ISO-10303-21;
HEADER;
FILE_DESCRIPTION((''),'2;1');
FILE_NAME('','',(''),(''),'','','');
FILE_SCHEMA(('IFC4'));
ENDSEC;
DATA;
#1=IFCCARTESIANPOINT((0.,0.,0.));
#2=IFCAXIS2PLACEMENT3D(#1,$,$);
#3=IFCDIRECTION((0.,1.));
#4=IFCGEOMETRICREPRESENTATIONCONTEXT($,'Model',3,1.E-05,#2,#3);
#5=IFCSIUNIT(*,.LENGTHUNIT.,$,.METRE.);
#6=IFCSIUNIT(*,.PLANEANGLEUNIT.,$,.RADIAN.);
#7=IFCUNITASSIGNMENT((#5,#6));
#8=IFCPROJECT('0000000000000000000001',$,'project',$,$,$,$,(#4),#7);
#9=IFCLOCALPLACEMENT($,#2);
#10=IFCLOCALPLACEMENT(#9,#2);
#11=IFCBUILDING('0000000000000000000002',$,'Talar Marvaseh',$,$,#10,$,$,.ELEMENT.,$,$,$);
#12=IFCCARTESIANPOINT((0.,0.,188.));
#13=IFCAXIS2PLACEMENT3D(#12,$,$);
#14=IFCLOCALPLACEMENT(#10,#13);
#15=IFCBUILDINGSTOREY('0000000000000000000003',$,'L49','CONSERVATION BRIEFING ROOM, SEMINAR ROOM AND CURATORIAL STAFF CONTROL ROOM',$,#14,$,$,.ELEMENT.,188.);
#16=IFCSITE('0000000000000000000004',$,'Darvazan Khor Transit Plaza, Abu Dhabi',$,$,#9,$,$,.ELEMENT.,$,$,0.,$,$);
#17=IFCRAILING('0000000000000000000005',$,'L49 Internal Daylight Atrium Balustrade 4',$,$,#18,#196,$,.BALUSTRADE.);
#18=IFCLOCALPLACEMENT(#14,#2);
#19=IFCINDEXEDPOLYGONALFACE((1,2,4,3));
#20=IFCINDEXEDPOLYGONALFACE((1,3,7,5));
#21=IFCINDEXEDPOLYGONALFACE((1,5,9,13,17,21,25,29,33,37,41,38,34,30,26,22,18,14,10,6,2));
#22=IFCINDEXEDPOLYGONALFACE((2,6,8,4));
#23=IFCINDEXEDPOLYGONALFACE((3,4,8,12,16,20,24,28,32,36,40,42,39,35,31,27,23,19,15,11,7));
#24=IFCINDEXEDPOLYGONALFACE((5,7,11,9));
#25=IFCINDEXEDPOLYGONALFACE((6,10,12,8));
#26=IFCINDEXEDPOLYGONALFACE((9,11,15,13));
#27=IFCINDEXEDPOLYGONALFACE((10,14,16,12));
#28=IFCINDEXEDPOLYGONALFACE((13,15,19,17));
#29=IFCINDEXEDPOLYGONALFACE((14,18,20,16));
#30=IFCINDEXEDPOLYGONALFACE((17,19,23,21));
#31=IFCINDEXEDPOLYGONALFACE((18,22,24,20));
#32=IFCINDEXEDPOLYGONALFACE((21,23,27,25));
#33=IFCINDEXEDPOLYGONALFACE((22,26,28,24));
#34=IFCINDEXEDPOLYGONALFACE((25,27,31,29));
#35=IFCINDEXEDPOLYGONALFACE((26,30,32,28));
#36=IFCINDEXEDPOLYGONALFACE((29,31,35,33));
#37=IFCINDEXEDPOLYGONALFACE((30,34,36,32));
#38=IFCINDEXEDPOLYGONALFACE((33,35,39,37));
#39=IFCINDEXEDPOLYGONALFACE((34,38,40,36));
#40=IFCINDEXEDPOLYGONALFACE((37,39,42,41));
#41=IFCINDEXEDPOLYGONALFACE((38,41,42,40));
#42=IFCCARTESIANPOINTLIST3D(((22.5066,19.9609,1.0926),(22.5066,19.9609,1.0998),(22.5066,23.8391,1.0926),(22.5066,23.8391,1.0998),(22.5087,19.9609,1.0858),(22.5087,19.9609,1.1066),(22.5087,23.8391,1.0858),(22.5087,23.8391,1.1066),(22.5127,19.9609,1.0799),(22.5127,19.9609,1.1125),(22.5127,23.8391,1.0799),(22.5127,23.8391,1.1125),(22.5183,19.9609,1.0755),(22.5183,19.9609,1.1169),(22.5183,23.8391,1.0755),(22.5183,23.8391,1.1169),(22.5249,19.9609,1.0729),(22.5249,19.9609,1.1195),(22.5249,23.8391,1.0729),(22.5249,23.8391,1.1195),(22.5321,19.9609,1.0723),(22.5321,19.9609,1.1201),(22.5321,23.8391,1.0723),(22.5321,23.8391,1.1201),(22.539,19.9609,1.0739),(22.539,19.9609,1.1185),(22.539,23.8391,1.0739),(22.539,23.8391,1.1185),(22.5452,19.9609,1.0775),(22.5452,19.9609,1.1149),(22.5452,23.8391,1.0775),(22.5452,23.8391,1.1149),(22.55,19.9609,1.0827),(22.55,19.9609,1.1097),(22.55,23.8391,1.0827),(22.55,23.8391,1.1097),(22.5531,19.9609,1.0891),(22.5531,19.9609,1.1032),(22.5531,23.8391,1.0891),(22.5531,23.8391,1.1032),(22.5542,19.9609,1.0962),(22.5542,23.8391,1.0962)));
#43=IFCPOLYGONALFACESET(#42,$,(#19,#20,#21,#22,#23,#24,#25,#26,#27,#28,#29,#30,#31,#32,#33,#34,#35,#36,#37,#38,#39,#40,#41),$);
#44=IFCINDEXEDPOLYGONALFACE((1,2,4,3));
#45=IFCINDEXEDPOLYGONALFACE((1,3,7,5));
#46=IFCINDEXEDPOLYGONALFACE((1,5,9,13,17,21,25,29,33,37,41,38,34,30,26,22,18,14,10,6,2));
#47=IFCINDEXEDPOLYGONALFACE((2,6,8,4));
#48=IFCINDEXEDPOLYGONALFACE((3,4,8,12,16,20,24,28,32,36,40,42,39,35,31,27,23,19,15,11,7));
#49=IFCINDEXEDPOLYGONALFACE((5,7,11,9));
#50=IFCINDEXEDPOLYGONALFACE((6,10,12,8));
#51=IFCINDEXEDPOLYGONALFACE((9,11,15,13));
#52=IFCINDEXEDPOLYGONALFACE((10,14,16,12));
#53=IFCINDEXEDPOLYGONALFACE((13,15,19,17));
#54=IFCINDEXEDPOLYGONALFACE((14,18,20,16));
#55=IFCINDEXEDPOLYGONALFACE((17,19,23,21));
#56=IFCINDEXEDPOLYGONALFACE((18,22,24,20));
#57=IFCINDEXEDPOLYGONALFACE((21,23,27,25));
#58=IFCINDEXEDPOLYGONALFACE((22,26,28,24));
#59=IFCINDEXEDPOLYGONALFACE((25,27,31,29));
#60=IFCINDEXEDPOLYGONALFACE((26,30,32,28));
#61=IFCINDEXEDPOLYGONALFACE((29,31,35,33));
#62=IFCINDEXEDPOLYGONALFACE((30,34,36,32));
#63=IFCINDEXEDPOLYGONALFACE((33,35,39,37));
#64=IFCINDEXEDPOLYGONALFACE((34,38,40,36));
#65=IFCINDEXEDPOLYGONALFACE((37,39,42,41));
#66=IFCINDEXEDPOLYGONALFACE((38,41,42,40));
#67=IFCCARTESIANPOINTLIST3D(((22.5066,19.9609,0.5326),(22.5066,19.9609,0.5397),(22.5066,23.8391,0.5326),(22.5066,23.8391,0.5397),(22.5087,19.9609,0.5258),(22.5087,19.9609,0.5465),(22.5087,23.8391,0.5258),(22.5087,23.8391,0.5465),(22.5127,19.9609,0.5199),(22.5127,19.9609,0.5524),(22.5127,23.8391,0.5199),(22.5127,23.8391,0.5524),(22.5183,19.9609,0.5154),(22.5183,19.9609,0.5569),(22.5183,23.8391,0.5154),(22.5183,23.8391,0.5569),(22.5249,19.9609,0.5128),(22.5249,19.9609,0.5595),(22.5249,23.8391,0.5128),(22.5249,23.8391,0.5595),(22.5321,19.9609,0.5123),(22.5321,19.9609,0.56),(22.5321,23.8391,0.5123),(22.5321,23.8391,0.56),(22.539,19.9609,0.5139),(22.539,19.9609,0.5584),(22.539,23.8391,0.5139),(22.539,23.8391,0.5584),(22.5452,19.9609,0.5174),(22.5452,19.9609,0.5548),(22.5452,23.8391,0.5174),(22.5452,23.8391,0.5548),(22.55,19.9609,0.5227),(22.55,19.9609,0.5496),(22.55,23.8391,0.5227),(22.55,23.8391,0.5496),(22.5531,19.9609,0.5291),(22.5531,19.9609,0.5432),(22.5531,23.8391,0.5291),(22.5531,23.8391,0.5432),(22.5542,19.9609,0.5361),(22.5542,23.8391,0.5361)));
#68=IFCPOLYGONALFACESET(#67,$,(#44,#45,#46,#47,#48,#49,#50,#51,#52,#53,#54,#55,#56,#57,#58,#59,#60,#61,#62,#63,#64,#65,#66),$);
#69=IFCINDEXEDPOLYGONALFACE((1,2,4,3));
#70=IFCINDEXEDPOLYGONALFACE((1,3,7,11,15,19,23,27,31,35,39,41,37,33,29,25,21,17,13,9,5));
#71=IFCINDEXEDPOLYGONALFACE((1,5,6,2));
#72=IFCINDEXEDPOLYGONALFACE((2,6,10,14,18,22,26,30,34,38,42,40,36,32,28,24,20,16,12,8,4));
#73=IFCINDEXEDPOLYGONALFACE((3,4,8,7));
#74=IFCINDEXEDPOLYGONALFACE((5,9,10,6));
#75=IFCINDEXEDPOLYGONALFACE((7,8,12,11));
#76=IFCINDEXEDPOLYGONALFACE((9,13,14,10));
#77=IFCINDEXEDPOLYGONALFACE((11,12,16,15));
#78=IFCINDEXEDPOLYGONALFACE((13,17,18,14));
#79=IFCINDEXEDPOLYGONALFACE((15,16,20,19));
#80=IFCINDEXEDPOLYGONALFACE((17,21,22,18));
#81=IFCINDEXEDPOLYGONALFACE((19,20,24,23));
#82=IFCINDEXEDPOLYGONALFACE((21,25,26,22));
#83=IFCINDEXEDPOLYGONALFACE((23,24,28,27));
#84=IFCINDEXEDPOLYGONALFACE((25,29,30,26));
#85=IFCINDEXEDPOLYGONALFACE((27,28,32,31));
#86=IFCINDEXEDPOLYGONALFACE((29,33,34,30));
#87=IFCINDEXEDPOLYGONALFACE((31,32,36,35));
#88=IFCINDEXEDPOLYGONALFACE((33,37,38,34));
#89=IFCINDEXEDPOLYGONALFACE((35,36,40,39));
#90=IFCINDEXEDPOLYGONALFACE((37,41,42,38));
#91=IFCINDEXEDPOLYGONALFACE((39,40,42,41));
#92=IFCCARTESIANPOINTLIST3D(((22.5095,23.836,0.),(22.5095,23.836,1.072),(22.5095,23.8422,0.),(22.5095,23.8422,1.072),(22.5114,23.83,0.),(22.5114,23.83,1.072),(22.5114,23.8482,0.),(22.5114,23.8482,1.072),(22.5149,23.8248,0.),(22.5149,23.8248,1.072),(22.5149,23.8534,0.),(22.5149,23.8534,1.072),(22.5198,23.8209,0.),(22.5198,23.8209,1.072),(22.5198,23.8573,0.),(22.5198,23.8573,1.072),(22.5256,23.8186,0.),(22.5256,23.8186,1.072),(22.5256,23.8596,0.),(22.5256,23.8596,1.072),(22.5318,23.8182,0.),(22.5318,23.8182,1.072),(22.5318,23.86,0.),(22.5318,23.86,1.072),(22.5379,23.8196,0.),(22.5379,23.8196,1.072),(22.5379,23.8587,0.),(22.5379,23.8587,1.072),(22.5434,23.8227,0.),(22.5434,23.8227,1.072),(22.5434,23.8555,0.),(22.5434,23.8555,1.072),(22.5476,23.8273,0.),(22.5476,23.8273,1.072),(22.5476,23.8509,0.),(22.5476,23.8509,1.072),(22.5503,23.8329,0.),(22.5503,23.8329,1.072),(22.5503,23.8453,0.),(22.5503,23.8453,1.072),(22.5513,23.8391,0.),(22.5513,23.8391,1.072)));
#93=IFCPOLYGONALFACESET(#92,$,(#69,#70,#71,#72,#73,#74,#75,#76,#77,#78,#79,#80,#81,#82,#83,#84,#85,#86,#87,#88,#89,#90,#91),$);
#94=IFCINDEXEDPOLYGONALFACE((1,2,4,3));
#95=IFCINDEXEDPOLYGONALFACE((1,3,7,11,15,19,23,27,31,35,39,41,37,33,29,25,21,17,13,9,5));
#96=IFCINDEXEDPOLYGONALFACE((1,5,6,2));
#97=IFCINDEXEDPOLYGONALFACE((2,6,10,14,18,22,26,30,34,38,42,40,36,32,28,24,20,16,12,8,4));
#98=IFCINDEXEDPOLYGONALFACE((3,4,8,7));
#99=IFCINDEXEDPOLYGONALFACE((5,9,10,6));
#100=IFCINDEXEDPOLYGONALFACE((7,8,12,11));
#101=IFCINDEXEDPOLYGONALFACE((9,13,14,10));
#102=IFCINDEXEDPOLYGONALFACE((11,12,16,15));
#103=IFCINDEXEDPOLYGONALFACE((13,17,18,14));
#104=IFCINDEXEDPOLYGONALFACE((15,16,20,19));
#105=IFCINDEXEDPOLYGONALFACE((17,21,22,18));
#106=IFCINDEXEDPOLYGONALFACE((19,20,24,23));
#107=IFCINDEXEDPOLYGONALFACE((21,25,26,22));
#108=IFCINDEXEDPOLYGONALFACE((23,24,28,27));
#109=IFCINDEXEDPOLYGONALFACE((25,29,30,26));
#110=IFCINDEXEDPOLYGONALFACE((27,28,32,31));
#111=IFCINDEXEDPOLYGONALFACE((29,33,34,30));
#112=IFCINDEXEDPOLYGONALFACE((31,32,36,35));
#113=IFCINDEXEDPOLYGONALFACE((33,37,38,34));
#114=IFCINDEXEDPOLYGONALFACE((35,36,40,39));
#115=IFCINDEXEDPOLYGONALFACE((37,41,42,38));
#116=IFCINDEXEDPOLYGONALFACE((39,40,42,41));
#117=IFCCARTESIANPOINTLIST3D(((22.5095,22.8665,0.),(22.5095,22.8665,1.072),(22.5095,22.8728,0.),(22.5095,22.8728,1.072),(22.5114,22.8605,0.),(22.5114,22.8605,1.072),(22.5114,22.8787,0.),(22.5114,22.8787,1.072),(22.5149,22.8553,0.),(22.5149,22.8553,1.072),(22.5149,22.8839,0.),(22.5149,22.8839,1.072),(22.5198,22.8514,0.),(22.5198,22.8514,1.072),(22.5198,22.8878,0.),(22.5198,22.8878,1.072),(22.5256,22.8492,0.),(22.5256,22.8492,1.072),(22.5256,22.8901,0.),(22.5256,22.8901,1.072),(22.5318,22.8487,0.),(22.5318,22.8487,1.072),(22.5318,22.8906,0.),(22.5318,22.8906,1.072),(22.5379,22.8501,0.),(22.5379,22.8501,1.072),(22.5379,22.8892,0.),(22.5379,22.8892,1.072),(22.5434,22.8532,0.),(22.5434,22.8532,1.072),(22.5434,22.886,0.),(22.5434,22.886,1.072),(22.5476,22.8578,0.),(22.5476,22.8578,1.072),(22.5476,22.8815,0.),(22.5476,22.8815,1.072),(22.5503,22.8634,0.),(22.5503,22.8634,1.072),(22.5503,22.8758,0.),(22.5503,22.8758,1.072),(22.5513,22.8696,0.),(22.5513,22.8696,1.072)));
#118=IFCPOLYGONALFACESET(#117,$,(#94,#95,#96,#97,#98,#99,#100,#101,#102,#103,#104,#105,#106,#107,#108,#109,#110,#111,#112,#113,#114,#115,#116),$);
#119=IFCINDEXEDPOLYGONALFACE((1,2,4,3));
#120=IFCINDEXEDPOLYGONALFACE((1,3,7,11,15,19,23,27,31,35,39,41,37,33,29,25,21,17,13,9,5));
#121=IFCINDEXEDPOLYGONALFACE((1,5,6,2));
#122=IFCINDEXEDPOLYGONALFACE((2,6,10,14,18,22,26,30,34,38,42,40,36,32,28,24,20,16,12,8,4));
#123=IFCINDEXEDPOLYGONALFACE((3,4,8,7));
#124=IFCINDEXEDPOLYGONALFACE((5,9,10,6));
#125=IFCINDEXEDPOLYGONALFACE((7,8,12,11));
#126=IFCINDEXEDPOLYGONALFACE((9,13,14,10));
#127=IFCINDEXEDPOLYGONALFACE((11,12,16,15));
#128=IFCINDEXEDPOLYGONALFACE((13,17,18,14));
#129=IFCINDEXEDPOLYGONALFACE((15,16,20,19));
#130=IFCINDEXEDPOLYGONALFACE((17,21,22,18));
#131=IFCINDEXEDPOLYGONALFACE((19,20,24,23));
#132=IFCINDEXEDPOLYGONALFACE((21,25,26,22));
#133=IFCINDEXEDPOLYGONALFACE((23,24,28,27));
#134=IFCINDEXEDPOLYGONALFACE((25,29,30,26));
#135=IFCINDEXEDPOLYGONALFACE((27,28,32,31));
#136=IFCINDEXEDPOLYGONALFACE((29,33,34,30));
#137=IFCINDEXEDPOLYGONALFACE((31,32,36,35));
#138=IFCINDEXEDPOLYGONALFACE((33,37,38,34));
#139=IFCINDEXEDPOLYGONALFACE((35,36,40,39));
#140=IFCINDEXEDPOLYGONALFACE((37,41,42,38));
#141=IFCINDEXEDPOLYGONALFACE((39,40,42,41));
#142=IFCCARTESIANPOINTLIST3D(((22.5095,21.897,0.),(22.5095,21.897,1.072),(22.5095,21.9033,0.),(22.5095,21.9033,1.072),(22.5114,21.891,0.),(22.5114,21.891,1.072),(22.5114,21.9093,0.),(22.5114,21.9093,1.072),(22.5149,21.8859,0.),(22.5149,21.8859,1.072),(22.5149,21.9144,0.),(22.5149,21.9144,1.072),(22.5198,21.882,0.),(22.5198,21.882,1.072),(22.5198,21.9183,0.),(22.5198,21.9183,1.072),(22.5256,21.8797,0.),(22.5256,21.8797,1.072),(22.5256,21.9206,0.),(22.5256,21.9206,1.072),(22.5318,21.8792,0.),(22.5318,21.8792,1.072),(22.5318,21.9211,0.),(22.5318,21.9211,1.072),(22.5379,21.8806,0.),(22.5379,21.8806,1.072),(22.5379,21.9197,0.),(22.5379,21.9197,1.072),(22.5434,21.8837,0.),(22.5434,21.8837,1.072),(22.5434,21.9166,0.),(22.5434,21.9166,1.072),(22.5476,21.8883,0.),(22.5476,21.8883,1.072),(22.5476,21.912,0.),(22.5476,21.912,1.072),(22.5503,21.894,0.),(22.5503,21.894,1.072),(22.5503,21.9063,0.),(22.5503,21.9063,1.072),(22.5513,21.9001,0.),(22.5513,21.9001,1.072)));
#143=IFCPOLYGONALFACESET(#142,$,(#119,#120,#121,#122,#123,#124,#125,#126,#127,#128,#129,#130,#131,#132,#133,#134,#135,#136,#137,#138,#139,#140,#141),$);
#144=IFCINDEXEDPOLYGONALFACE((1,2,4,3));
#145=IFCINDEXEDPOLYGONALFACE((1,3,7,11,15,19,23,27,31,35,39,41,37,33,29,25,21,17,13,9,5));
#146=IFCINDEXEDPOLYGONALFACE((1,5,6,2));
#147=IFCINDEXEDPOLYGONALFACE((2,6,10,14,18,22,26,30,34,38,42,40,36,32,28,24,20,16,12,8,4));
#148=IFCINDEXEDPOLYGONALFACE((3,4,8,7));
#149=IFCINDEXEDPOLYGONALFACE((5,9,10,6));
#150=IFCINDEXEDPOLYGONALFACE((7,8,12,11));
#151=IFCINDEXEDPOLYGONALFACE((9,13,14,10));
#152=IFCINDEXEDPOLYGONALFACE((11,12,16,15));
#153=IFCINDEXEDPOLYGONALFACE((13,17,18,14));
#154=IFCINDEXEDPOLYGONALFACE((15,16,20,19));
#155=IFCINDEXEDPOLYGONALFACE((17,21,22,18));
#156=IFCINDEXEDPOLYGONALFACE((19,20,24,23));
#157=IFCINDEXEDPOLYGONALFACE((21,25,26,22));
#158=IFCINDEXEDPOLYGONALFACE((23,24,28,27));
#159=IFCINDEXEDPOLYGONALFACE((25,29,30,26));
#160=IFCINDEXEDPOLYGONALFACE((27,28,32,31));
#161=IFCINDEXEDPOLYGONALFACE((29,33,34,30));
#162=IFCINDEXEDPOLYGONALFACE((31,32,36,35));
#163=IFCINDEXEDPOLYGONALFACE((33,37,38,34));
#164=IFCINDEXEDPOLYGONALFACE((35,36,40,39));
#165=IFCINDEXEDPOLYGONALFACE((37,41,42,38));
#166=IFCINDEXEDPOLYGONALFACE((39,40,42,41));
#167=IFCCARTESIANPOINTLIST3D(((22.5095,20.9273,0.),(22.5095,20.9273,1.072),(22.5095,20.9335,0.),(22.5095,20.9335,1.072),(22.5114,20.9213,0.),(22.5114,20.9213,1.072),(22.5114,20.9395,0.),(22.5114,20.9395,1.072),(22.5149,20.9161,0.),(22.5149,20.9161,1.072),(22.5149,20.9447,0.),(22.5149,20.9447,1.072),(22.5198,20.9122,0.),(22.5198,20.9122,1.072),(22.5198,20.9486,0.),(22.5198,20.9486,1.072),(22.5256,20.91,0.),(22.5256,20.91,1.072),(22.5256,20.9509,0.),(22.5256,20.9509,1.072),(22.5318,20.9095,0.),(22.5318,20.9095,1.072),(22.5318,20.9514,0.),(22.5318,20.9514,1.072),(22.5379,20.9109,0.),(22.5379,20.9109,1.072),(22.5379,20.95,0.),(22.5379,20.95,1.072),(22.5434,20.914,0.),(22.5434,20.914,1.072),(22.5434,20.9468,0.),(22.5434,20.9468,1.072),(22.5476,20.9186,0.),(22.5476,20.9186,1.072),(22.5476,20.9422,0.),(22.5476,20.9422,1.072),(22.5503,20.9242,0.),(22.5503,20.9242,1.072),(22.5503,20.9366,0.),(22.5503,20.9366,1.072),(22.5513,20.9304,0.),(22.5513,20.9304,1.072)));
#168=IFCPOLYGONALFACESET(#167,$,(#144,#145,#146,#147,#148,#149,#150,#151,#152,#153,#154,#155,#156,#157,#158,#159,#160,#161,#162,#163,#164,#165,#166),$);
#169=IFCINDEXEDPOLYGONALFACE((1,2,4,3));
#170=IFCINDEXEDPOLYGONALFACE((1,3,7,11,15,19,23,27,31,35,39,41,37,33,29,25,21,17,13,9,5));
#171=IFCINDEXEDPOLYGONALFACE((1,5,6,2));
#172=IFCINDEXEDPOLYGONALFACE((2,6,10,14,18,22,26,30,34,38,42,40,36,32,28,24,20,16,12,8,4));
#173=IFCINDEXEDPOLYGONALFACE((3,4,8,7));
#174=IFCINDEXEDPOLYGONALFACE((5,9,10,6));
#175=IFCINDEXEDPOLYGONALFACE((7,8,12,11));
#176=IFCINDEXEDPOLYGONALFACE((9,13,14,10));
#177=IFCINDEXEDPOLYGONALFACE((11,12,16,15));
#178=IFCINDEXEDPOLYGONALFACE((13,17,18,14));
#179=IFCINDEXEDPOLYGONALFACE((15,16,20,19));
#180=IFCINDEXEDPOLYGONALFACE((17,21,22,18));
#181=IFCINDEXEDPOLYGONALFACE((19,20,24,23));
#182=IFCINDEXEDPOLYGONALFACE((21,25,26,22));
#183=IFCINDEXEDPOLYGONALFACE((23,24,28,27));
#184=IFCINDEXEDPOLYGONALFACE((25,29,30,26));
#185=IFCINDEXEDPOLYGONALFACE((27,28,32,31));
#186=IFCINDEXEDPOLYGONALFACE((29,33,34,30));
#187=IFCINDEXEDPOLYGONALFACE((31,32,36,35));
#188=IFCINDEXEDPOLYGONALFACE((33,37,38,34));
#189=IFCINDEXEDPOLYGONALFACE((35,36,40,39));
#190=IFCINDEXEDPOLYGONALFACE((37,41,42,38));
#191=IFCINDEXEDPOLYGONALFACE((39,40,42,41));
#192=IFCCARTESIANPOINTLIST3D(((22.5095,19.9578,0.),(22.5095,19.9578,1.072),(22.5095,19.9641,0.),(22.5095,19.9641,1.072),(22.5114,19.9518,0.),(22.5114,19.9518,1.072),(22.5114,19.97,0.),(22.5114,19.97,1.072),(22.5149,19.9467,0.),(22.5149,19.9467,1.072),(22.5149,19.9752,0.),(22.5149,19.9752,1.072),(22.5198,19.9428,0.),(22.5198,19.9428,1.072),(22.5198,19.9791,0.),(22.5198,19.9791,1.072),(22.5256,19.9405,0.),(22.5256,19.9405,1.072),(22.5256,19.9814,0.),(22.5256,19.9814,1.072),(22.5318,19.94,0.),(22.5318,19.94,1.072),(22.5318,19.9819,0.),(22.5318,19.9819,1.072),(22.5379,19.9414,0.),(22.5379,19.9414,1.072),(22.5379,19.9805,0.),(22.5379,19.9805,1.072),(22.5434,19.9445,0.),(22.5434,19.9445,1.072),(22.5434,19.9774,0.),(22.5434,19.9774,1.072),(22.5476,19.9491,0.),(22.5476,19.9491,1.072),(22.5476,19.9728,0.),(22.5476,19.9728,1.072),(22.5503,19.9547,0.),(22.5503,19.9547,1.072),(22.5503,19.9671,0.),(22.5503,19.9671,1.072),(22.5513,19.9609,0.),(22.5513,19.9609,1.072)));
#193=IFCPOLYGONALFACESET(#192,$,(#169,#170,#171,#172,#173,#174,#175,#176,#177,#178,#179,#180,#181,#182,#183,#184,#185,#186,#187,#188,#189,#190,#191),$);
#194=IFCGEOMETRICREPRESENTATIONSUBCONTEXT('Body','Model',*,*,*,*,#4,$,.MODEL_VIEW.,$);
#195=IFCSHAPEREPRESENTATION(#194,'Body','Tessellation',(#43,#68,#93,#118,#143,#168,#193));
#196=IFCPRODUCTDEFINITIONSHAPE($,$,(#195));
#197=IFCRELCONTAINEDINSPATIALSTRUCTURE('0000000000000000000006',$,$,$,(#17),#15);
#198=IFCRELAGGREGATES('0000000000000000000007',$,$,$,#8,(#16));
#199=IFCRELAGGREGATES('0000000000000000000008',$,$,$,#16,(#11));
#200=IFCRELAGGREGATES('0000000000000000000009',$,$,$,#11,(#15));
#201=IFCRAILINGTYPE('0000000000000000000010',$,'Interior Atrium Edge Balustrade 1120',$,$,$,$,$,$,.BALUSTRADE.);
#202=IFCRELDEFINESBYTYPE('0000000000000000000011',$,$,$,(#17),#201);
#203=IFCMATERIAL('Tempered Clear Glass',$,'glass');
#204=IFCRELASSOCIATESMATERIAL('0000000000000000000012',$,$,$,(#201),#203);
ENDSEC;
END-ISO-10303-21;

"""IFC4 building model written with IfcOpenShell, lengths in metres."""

from ifc_helpers import new_model, si_unit, direction, frame, origin, origin_2d, place, context, subcontext, project, spatial, circle, extrude, material, type_object, element, save


model = new_model("IFC4")

# Units and contexts
model_context = context("Model", 3, precision=1e-05, world=origin(), true_north=direction((0.0, 1.0)))
body_context = subcontext(model_context, "Body", "Model", "MODEL_VIEW")
ifc_project = project(units=[si_unit("LENGTHUNIT", "METRE"), si_unit("PLANEANGLEUNIT", "RADIAN")], contexts=[model_context])

# Site, building, storey
site_placement = place(None, origin())
site = spatial("IfcSite", under=ifc_project, at=site_placement, Name="Darvazan Khor Transit Plaza, Abu Dhabi", CompositionType="ELEMENT", RefElevation=0.0)
building_placement = place(site_placement, origin())
building = spatial("IfcBuilding", under=site, at=building_placement, Name="Talar Marvaseh", CompositionType="ELEMENT")
storey_placement = place(building_placement, frame((0.0, 0.0, 188.0)))
storey = spatial("IfcBuildingStorey", under=building, at=storey_placement, Name="L49", Description="CONSERVATION BRIEFING ROOM, SEMINAR ROOM AND CURATORIAL STAFF CONTROL ROOM", CompositionType="ELEMENT", Elevation=188.0)

# Railing
ifc_material_1 = material(Name="Tempered Clear Glass", Category="glass")
railing_type = type_object("IfcRailingType", Name="Interior Atrium Edge Balustrade 1120", PredefinedType="BALUSTRADE", material=ifc_material_1)
railing_1_placement = place(storey_placement, frame((22.5303, 23.8391, 0.0)))
element("IfcRailing", 1, at=railing_1_placement, inside=storey, type_object=railing_type, Name="L49 Internal Daylight Atrium Balustrade 4", PredefinedType="BALUSTRADE", context=body_context, shape_type="SweptSolid", body=[
    extrude(circle(Radius=0.0239, at=origin_2d()), frame((0.0, 0.0, 1.0962), z_axis=(0.0, -1.0, 0.0), x_axis=(1.0, 0.0, 0.0)), (0.0, 0.0, 1.0), 3.8782),
    extrude(circle(Radius=0.0239, at=origin_2d()), frame((0.0, 0.0, 0.5361), z_axis=(0.0, -1.0, 0.0), x_axis=(1.0, 0.0, 0.0)), (0.0, 0.0, 1.0), 3.8782),
    extrude(circle(Radius=0.021, at=origin_2d()), origin(), (0.0, 0.0, 1.0), 1.072),
    extrude(circle(Radius=0.021, at=origin_2d()), frame((0.0, -0.9695, 0.0)), (0.0, 0.0, 1.0), 1.072),
    extrude(circle(Radius=0.021, at=origin_2d()), frame((0.0, -1.939, 0.0)), (0.0, 0.0, 1.0), 1.072),
    extrude(circle(Radius=0.021, at=origin_2d()), frame((0.0, -2.9087, 0.0)), (0.0, 0.0, 1.0), 1.072),
    extrude(circle(Radius=0.021, at=origin_2d()), frame((0.0, -3.8782, 0.0)), (0.0, 0.0, 1.0), 1.072),
])

save(model, "model.ifc")
